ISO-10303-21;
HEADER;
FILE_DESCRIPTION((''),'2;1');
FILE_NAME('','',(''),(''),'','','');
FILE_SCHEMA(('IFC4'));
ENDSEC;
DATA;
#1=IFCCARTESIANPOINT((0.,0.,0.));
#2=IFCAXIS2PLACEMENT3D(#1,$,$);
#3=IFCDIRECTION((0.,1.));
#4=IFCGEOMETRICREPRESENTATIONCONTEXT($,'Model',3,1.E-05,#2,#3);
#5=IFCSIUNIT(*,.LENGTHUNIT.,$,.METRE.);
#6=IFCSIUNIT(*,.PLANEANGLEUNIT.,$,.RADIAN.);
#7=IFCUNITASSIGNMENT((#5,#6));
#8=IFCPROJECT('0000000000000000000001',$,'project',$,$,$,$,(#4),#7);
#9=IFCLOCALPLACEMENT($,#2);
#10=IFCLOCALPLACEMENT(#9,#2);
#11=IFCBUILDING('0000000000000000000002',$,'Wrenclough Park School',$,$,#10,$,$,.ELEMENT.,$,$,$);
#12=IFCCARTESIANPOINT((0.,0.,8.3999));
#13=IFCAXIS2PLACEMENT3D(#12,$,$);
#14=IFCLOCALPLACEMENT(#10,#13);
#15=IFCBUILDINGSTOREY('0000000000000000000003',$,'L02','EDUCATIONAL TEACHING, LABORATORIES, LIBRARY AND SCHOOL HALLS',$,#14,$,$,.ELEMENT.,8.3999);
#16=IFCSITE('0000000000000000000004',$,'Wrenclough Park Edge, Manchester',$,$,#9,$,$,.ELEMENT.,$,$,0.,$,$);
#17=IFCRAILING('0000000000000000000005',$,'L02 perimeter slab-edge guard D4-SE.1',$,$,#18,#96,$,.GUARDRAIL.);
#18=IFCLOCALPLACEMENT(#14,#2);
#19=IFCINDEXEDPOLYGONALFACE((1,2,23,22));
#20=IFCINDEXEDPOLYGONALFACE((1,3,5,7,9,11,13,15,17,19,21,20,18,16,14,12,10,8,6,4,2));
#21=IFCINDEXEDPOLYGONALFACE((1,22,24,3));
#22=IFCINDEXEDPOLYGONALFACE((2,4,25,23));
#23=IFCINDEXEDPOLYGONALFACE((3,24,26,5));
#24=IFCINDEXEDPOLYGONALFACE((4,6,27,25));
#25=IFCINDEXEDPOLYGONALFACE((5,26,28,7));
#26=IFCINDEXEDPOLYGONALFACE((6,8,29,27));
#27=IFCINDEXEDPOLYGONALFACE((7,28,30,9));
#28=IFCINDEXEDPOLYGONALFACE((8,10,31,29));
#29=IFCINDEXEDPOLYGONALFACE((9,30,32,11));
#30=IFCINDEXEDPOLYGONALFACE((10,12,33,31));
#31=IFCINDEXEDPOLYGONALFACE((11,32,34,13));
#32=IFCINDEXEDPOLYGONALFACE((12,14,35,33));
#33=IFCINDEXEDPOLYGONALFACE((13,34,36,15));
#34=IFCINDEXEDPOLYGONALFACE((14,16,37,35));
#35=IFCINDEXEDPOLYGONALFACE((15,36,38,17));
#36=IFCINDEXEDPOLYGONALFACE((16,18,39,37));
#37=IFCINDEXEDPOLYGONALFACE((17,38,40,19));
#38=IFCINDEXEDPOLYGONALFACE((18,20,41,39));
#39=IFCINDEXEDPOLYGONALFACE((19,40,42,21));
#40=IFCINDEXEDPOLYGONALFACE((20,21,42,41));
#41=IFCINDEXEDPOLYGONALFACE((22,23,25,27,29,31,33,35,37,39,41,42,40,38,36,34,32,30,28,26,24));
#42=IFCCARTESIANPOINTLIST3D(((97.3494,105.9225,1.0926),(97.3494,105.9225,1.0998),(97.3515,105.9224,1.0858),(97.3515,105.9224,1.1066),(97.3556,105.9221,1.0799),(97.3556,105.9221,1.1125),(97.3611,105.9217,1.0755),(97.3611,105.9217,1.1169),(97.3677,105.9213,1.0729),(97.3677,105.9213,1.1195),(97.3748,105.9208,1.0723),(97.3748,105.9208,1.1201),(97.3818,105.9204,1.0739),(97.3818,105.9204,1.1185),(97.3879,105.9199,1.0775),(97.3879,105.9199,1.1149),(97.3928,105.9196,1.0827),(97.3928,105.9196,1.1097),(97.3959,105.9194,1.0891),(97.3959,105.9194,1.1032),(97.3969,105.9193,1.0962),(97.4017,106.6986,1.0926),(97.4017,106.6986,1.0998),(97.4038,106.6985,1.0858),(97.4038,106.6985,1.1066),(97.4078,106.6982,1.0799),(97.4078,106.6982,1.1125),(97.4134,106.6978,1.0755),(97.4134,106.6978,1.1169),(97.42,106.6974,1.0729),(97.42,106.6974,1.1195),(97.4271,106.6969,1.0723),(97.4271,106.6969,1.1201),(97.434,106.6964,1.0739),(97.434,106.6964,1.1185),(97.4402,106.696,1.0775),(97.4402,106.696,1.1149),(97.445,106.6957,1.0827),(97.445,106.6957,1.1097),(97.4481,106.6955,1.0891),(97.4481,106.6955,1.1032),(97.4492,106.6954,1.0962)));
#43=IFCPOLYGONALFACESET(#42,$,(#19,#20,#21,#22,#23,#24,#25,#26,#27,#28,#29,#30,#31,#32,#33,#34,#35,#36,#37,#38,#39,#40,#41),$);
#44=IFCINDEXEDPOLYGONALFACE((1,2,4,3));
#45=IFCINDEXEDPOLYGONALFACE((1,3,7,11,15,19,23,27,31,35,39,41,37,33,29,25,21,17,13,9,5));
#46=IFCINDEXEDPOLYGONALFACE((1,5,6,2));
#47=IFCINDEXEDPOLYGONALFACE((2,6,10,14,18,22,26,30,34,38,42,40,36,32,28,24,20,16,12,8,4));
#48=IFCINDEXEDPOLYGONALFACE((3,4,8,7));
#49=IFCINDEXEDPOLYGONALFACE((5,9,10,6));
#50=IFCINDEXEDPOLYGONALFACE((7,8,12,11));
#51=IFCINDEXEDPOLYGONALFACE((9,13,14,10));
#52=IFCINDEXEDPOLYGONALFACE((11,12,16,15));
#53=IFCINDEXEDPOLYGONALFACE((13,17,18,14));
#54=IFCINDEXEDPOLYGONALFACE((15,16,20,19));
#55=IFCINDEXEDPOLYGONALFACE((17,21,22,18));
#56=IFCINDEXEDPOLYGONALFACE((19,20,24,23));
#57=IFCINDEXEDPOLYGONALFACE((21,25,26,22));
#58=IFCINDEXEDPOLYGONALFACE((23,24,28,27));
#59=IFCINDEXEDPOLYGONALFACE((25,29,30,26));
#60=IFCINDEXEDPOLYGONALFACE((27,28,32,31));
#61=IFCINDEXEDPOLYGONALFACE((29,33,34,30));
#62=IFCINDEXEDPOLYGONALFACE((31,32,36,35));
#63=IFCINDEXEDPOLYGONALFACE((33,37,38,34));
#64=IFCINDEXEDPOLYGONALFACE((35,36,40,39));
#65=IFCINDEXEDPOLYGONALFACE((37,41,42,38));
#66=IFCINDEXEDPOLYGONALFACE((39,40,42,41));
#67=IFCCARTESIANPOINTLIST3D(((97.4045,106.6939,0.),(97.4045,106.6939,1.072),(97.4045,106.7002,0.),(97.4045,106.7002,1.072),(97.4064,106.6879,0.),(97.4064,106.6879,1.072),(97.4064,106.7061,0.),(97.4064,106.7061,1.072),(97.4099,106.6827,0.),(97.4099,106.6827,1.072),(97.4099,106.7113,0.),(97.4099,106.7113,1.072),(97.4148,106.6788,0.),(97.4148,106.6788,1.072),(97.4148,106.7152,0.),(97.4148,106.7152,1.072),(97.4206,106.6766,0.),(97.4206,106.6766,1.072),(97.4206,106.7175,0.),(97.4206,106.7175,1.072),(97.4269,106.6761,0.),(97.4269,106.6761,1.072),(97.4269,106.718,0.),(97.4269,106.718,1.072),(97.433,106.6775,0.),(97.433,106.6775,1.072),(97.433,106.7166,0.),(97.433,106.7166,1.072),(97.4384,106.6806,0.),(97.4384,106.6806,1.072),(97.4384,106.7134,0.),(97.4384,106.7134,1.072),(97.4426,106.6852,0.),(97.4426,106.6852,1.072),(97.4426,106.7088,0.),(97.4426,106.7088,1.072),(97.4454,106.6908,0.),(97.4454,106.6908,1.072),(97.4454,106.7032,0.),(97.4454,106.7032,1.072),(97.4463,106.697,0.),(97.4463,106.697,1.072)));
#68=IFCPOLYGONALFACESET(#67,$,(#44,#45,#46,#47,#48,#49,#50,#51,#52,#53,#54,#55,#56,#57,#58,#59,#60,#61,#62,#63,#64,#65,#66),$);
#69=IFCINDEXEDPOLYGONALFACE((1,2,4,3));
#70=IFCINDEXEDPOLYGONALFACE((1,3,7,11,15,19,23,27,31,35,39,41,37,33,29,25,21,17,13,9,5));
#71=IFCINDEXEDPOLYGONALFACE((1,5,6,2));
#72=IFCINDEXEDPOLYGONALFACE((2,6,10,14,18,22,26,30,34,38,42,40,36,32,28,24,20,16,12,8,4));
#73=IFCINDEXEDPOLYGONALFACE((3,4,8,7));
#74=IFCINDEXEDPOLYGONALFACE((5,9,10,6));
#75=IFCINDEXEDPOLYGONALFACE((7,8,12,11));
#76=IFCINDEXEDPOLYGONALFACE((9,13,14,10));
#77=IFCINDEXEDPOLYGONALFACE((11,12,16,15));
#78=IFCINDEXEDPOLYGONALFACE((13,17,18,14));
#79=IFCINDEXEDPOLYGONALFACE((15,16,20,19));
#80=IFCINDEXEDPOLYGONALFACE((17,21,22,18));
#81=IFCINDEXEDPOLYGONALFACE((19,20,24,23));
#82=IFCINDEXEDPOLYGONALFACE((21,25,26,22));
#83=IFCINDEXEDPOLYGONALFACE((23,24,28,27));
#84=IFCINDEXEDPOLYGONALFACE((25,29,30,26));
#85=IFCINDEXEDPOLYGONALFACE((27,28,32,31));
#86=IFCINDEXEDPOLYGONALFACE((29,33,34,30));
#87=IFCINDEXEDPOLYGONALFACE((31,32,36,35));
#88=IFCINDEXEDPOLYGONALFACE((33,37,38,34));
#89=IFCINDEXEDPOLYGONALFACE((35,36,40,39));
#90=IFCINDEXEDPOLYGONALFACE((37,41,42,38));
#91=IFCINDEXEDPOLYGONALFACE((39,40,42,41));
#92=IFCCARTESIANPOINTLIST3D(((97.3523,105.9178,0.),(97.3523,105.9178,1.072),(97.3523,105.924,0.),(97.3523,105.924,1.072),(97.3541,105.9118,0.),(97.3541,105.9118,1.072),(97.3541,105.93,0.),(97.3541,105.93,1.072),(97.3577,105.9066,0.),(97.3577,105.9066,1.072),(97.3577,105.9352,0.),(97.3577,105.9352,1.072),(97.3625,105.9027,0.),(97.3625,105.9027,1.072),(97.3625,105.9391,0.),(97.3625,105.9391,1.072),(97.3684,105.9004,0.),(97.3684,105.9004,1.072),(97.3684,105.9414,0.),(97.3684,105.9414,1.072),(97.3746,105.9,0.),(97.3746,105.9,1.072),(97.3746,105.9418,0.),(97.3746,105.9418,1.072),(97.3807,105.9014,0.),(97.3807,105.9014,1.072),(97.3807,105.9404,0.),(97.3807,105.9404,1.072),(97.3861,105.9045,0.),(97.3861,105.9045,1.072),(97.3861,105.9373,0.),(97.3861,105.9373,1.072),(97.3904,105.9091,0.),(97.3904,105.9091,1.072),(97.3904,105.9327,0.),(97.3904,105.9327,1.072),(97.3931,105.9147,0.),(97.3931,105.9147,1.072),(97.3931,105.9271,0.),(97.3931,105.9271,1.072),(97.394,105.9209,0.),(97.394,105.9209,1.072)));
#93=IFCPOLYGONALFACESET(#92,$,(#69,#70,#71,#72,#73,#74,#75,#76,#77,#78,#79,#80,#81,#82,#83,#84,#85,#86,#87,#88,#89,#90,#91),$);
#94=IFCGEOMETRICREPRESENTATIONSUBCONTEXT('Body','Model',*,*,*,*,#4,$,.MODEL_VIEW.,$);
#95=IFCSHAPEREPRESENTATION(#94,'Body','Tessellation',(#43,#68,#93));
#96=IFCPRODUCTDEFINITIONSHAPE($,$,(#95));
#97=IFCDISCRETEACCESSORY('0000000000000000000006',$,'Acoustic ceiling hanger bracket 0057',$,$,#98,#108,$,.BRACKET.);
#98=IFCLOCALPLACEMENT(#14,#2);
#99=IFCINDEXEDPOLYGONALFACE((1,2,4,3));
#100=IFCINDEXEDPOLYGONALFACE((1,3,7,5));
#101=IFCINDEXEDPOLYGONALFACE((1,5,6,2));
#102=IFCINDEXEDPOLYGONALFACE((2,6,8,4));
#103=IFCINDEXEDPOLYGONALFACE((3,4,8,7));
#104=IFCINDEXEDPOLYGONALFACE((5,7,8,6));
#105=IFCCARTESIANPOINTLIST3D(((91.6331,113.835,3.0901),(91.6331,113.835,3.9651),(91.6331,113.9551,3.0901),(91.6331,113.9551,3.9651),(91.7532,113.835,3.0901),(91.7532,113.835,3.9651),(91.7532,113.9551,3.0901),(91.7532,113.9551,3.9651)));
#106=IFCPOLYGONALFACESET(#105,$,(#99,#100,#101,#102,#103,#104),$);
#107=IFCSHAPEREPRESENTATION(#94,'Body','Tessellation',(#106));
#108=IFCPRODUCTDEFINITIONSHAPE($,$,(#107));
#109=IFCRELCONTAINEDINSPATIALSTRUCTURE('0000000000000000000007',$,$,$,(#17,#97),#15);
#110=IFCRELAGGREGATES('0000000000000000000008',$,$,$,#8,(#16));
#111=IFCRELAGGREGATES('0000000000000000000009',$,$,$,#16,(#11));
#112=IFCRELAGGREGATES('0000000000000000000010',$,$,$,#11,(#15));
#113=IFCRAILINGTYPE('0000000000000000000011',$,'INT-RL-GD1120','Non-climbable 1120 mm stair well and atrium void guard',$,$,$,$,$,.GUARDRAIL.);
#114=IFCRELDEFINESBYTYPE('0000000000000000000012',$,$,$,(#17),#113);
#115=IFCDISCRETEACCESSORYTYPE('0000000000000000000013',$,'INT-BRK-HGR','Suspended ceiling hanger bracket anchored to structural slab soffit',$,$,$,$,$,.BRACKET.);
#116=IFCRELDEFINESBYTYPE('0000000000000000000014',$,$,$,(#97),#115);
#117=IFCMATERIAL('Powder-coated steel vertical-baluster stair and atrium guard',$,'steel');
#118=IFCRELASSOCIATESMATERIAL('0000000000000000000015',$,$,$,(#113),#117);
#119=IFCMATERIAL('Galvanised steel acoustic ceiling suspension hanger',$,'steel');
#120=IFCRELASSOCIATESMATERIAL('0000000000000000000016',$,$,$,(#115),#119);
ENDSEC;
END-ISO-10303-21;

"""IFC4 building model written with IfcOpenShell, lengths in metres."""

from ifc_helpers import new_model, si_unit, direction, frame, origin, origin_2d, place, context, subcontext, project, spatial, rectangle, circle, extrude, material, type_object, element, save


model = new_model("IFC4")

# Units and contexts
model_context = context("Model", 3, precision=1e-05, world=origin(), true_north=direction((0.0, 1.0)))
body_context = subcontext(model_context, "Body", "Model", "MODEL_VIEW")
ifc_project = project(units=[si_unit("LENGTHUNIT", "METRE"), si_unit("PLANEANGLEUNIT", "RADIAN")], contexts=[model_context])

# Site, building, storey
site_placement = place(None, origin())
site = spatial("IfcSite", under=ifc_project, at=site_placement, Name="Wrenclough Park Edge, Manchester", CompositionType="ELEMENT", RefElevation=0.0)
building_placement = place(site_placement, origin())
building = spatial("IfcBuilding", under=site, at=building_placement, Name="Wrenclough Park School", CompositionType="ELEMENT")
storey_placement = place(building_placement, frame((0.0, 0.0, 8.3999)))
storey = spatial("IfcBuildingStorey", under=building, at=storey_placement, Name="L02", Description="EDUCATIONAL TEACHING, LABORATORIES, LIBRARY AND SCHOOL HALLS", CompositionType="ELEMENT", Elevation=8.3999)

# Railing
ifc_material_1 = material(Name="Powder-coated steel vertical-baluster stair and atrium guard", Category="steel")
railing_type = type_object("IfcRailingType", Name="INT-RL-GD1120", Description="Non-climbable 1120 mm stair well and atrium void guard", PredefinedType="GUARDRAIL", material=ifc_material_1)
railing_1_placement = place(storey_placement, frame((97.4253, 106.697, 0.0)))
element("IfcRailing", 1, at=railing_1_placement, inside=storey, type_object=railing_type, Name="L02 perimeter slab-edge guard D4-SE.1", PredefinedType="GUARDRAIL", context=body_context, shape_type="SweptSolid", body=[
    extrude(circle(Radius=0.0239, at=origin_2d()), frame((0.0, 0.0, 1.0962), z_axis=(-0.067165, -0.997742, 0.0), x_axis=(0.997742, -0.067165, 0.0)), (0.0, 0.0, 1.0), 0.7778),
    extrude(circle(Radius=0.021, at=origin_2d()), origin(), (0.0, 0.0, 1.0), 1.072),
    extrude(circle(Radius=0.021, at=origin_2d()), frame((-0.0522, -0.7761, 0.0)), (0.0, 0.0, 1.0), 1.072),
])

# Discrete accessory
ifc_material_2 = material(Name="Galvanised steel acoustic ceiling suspension hanger", Category="steel")
discrete_accessory_type = type_object("IfcDiscreteAccessoryType", Name="INT-BRK-HGR", Description="Suspended ceiling hanger bracket anchored to structural slab soffit", PredefinedType="BRACKET", material=ifc_material_2)
discrete_accessory_placement = place(storey_placement, frame((91.6931, 113.895, 3.0901), z_axis=(0.0, 0.0, 1.0), x_axis=(1.0, 0.0, 0.0)))
element("IfcDiscreteAccessory", 2, at=discrete_accessory_placement, inside=storey, type_object=discrete_accessory_type, Name="Acoustic ceiling hanger bracket 0057", PredefinedType="BRACKET", context=body_context, shape_type="SweptSolid", body=[
    extrude(rectangle(XDim=0.1201, YDim=0.1201, at=origin_2d()), origin(), (0.0, 0.0, 1.0), 0.875),
])

save(model, "model.ifc")
